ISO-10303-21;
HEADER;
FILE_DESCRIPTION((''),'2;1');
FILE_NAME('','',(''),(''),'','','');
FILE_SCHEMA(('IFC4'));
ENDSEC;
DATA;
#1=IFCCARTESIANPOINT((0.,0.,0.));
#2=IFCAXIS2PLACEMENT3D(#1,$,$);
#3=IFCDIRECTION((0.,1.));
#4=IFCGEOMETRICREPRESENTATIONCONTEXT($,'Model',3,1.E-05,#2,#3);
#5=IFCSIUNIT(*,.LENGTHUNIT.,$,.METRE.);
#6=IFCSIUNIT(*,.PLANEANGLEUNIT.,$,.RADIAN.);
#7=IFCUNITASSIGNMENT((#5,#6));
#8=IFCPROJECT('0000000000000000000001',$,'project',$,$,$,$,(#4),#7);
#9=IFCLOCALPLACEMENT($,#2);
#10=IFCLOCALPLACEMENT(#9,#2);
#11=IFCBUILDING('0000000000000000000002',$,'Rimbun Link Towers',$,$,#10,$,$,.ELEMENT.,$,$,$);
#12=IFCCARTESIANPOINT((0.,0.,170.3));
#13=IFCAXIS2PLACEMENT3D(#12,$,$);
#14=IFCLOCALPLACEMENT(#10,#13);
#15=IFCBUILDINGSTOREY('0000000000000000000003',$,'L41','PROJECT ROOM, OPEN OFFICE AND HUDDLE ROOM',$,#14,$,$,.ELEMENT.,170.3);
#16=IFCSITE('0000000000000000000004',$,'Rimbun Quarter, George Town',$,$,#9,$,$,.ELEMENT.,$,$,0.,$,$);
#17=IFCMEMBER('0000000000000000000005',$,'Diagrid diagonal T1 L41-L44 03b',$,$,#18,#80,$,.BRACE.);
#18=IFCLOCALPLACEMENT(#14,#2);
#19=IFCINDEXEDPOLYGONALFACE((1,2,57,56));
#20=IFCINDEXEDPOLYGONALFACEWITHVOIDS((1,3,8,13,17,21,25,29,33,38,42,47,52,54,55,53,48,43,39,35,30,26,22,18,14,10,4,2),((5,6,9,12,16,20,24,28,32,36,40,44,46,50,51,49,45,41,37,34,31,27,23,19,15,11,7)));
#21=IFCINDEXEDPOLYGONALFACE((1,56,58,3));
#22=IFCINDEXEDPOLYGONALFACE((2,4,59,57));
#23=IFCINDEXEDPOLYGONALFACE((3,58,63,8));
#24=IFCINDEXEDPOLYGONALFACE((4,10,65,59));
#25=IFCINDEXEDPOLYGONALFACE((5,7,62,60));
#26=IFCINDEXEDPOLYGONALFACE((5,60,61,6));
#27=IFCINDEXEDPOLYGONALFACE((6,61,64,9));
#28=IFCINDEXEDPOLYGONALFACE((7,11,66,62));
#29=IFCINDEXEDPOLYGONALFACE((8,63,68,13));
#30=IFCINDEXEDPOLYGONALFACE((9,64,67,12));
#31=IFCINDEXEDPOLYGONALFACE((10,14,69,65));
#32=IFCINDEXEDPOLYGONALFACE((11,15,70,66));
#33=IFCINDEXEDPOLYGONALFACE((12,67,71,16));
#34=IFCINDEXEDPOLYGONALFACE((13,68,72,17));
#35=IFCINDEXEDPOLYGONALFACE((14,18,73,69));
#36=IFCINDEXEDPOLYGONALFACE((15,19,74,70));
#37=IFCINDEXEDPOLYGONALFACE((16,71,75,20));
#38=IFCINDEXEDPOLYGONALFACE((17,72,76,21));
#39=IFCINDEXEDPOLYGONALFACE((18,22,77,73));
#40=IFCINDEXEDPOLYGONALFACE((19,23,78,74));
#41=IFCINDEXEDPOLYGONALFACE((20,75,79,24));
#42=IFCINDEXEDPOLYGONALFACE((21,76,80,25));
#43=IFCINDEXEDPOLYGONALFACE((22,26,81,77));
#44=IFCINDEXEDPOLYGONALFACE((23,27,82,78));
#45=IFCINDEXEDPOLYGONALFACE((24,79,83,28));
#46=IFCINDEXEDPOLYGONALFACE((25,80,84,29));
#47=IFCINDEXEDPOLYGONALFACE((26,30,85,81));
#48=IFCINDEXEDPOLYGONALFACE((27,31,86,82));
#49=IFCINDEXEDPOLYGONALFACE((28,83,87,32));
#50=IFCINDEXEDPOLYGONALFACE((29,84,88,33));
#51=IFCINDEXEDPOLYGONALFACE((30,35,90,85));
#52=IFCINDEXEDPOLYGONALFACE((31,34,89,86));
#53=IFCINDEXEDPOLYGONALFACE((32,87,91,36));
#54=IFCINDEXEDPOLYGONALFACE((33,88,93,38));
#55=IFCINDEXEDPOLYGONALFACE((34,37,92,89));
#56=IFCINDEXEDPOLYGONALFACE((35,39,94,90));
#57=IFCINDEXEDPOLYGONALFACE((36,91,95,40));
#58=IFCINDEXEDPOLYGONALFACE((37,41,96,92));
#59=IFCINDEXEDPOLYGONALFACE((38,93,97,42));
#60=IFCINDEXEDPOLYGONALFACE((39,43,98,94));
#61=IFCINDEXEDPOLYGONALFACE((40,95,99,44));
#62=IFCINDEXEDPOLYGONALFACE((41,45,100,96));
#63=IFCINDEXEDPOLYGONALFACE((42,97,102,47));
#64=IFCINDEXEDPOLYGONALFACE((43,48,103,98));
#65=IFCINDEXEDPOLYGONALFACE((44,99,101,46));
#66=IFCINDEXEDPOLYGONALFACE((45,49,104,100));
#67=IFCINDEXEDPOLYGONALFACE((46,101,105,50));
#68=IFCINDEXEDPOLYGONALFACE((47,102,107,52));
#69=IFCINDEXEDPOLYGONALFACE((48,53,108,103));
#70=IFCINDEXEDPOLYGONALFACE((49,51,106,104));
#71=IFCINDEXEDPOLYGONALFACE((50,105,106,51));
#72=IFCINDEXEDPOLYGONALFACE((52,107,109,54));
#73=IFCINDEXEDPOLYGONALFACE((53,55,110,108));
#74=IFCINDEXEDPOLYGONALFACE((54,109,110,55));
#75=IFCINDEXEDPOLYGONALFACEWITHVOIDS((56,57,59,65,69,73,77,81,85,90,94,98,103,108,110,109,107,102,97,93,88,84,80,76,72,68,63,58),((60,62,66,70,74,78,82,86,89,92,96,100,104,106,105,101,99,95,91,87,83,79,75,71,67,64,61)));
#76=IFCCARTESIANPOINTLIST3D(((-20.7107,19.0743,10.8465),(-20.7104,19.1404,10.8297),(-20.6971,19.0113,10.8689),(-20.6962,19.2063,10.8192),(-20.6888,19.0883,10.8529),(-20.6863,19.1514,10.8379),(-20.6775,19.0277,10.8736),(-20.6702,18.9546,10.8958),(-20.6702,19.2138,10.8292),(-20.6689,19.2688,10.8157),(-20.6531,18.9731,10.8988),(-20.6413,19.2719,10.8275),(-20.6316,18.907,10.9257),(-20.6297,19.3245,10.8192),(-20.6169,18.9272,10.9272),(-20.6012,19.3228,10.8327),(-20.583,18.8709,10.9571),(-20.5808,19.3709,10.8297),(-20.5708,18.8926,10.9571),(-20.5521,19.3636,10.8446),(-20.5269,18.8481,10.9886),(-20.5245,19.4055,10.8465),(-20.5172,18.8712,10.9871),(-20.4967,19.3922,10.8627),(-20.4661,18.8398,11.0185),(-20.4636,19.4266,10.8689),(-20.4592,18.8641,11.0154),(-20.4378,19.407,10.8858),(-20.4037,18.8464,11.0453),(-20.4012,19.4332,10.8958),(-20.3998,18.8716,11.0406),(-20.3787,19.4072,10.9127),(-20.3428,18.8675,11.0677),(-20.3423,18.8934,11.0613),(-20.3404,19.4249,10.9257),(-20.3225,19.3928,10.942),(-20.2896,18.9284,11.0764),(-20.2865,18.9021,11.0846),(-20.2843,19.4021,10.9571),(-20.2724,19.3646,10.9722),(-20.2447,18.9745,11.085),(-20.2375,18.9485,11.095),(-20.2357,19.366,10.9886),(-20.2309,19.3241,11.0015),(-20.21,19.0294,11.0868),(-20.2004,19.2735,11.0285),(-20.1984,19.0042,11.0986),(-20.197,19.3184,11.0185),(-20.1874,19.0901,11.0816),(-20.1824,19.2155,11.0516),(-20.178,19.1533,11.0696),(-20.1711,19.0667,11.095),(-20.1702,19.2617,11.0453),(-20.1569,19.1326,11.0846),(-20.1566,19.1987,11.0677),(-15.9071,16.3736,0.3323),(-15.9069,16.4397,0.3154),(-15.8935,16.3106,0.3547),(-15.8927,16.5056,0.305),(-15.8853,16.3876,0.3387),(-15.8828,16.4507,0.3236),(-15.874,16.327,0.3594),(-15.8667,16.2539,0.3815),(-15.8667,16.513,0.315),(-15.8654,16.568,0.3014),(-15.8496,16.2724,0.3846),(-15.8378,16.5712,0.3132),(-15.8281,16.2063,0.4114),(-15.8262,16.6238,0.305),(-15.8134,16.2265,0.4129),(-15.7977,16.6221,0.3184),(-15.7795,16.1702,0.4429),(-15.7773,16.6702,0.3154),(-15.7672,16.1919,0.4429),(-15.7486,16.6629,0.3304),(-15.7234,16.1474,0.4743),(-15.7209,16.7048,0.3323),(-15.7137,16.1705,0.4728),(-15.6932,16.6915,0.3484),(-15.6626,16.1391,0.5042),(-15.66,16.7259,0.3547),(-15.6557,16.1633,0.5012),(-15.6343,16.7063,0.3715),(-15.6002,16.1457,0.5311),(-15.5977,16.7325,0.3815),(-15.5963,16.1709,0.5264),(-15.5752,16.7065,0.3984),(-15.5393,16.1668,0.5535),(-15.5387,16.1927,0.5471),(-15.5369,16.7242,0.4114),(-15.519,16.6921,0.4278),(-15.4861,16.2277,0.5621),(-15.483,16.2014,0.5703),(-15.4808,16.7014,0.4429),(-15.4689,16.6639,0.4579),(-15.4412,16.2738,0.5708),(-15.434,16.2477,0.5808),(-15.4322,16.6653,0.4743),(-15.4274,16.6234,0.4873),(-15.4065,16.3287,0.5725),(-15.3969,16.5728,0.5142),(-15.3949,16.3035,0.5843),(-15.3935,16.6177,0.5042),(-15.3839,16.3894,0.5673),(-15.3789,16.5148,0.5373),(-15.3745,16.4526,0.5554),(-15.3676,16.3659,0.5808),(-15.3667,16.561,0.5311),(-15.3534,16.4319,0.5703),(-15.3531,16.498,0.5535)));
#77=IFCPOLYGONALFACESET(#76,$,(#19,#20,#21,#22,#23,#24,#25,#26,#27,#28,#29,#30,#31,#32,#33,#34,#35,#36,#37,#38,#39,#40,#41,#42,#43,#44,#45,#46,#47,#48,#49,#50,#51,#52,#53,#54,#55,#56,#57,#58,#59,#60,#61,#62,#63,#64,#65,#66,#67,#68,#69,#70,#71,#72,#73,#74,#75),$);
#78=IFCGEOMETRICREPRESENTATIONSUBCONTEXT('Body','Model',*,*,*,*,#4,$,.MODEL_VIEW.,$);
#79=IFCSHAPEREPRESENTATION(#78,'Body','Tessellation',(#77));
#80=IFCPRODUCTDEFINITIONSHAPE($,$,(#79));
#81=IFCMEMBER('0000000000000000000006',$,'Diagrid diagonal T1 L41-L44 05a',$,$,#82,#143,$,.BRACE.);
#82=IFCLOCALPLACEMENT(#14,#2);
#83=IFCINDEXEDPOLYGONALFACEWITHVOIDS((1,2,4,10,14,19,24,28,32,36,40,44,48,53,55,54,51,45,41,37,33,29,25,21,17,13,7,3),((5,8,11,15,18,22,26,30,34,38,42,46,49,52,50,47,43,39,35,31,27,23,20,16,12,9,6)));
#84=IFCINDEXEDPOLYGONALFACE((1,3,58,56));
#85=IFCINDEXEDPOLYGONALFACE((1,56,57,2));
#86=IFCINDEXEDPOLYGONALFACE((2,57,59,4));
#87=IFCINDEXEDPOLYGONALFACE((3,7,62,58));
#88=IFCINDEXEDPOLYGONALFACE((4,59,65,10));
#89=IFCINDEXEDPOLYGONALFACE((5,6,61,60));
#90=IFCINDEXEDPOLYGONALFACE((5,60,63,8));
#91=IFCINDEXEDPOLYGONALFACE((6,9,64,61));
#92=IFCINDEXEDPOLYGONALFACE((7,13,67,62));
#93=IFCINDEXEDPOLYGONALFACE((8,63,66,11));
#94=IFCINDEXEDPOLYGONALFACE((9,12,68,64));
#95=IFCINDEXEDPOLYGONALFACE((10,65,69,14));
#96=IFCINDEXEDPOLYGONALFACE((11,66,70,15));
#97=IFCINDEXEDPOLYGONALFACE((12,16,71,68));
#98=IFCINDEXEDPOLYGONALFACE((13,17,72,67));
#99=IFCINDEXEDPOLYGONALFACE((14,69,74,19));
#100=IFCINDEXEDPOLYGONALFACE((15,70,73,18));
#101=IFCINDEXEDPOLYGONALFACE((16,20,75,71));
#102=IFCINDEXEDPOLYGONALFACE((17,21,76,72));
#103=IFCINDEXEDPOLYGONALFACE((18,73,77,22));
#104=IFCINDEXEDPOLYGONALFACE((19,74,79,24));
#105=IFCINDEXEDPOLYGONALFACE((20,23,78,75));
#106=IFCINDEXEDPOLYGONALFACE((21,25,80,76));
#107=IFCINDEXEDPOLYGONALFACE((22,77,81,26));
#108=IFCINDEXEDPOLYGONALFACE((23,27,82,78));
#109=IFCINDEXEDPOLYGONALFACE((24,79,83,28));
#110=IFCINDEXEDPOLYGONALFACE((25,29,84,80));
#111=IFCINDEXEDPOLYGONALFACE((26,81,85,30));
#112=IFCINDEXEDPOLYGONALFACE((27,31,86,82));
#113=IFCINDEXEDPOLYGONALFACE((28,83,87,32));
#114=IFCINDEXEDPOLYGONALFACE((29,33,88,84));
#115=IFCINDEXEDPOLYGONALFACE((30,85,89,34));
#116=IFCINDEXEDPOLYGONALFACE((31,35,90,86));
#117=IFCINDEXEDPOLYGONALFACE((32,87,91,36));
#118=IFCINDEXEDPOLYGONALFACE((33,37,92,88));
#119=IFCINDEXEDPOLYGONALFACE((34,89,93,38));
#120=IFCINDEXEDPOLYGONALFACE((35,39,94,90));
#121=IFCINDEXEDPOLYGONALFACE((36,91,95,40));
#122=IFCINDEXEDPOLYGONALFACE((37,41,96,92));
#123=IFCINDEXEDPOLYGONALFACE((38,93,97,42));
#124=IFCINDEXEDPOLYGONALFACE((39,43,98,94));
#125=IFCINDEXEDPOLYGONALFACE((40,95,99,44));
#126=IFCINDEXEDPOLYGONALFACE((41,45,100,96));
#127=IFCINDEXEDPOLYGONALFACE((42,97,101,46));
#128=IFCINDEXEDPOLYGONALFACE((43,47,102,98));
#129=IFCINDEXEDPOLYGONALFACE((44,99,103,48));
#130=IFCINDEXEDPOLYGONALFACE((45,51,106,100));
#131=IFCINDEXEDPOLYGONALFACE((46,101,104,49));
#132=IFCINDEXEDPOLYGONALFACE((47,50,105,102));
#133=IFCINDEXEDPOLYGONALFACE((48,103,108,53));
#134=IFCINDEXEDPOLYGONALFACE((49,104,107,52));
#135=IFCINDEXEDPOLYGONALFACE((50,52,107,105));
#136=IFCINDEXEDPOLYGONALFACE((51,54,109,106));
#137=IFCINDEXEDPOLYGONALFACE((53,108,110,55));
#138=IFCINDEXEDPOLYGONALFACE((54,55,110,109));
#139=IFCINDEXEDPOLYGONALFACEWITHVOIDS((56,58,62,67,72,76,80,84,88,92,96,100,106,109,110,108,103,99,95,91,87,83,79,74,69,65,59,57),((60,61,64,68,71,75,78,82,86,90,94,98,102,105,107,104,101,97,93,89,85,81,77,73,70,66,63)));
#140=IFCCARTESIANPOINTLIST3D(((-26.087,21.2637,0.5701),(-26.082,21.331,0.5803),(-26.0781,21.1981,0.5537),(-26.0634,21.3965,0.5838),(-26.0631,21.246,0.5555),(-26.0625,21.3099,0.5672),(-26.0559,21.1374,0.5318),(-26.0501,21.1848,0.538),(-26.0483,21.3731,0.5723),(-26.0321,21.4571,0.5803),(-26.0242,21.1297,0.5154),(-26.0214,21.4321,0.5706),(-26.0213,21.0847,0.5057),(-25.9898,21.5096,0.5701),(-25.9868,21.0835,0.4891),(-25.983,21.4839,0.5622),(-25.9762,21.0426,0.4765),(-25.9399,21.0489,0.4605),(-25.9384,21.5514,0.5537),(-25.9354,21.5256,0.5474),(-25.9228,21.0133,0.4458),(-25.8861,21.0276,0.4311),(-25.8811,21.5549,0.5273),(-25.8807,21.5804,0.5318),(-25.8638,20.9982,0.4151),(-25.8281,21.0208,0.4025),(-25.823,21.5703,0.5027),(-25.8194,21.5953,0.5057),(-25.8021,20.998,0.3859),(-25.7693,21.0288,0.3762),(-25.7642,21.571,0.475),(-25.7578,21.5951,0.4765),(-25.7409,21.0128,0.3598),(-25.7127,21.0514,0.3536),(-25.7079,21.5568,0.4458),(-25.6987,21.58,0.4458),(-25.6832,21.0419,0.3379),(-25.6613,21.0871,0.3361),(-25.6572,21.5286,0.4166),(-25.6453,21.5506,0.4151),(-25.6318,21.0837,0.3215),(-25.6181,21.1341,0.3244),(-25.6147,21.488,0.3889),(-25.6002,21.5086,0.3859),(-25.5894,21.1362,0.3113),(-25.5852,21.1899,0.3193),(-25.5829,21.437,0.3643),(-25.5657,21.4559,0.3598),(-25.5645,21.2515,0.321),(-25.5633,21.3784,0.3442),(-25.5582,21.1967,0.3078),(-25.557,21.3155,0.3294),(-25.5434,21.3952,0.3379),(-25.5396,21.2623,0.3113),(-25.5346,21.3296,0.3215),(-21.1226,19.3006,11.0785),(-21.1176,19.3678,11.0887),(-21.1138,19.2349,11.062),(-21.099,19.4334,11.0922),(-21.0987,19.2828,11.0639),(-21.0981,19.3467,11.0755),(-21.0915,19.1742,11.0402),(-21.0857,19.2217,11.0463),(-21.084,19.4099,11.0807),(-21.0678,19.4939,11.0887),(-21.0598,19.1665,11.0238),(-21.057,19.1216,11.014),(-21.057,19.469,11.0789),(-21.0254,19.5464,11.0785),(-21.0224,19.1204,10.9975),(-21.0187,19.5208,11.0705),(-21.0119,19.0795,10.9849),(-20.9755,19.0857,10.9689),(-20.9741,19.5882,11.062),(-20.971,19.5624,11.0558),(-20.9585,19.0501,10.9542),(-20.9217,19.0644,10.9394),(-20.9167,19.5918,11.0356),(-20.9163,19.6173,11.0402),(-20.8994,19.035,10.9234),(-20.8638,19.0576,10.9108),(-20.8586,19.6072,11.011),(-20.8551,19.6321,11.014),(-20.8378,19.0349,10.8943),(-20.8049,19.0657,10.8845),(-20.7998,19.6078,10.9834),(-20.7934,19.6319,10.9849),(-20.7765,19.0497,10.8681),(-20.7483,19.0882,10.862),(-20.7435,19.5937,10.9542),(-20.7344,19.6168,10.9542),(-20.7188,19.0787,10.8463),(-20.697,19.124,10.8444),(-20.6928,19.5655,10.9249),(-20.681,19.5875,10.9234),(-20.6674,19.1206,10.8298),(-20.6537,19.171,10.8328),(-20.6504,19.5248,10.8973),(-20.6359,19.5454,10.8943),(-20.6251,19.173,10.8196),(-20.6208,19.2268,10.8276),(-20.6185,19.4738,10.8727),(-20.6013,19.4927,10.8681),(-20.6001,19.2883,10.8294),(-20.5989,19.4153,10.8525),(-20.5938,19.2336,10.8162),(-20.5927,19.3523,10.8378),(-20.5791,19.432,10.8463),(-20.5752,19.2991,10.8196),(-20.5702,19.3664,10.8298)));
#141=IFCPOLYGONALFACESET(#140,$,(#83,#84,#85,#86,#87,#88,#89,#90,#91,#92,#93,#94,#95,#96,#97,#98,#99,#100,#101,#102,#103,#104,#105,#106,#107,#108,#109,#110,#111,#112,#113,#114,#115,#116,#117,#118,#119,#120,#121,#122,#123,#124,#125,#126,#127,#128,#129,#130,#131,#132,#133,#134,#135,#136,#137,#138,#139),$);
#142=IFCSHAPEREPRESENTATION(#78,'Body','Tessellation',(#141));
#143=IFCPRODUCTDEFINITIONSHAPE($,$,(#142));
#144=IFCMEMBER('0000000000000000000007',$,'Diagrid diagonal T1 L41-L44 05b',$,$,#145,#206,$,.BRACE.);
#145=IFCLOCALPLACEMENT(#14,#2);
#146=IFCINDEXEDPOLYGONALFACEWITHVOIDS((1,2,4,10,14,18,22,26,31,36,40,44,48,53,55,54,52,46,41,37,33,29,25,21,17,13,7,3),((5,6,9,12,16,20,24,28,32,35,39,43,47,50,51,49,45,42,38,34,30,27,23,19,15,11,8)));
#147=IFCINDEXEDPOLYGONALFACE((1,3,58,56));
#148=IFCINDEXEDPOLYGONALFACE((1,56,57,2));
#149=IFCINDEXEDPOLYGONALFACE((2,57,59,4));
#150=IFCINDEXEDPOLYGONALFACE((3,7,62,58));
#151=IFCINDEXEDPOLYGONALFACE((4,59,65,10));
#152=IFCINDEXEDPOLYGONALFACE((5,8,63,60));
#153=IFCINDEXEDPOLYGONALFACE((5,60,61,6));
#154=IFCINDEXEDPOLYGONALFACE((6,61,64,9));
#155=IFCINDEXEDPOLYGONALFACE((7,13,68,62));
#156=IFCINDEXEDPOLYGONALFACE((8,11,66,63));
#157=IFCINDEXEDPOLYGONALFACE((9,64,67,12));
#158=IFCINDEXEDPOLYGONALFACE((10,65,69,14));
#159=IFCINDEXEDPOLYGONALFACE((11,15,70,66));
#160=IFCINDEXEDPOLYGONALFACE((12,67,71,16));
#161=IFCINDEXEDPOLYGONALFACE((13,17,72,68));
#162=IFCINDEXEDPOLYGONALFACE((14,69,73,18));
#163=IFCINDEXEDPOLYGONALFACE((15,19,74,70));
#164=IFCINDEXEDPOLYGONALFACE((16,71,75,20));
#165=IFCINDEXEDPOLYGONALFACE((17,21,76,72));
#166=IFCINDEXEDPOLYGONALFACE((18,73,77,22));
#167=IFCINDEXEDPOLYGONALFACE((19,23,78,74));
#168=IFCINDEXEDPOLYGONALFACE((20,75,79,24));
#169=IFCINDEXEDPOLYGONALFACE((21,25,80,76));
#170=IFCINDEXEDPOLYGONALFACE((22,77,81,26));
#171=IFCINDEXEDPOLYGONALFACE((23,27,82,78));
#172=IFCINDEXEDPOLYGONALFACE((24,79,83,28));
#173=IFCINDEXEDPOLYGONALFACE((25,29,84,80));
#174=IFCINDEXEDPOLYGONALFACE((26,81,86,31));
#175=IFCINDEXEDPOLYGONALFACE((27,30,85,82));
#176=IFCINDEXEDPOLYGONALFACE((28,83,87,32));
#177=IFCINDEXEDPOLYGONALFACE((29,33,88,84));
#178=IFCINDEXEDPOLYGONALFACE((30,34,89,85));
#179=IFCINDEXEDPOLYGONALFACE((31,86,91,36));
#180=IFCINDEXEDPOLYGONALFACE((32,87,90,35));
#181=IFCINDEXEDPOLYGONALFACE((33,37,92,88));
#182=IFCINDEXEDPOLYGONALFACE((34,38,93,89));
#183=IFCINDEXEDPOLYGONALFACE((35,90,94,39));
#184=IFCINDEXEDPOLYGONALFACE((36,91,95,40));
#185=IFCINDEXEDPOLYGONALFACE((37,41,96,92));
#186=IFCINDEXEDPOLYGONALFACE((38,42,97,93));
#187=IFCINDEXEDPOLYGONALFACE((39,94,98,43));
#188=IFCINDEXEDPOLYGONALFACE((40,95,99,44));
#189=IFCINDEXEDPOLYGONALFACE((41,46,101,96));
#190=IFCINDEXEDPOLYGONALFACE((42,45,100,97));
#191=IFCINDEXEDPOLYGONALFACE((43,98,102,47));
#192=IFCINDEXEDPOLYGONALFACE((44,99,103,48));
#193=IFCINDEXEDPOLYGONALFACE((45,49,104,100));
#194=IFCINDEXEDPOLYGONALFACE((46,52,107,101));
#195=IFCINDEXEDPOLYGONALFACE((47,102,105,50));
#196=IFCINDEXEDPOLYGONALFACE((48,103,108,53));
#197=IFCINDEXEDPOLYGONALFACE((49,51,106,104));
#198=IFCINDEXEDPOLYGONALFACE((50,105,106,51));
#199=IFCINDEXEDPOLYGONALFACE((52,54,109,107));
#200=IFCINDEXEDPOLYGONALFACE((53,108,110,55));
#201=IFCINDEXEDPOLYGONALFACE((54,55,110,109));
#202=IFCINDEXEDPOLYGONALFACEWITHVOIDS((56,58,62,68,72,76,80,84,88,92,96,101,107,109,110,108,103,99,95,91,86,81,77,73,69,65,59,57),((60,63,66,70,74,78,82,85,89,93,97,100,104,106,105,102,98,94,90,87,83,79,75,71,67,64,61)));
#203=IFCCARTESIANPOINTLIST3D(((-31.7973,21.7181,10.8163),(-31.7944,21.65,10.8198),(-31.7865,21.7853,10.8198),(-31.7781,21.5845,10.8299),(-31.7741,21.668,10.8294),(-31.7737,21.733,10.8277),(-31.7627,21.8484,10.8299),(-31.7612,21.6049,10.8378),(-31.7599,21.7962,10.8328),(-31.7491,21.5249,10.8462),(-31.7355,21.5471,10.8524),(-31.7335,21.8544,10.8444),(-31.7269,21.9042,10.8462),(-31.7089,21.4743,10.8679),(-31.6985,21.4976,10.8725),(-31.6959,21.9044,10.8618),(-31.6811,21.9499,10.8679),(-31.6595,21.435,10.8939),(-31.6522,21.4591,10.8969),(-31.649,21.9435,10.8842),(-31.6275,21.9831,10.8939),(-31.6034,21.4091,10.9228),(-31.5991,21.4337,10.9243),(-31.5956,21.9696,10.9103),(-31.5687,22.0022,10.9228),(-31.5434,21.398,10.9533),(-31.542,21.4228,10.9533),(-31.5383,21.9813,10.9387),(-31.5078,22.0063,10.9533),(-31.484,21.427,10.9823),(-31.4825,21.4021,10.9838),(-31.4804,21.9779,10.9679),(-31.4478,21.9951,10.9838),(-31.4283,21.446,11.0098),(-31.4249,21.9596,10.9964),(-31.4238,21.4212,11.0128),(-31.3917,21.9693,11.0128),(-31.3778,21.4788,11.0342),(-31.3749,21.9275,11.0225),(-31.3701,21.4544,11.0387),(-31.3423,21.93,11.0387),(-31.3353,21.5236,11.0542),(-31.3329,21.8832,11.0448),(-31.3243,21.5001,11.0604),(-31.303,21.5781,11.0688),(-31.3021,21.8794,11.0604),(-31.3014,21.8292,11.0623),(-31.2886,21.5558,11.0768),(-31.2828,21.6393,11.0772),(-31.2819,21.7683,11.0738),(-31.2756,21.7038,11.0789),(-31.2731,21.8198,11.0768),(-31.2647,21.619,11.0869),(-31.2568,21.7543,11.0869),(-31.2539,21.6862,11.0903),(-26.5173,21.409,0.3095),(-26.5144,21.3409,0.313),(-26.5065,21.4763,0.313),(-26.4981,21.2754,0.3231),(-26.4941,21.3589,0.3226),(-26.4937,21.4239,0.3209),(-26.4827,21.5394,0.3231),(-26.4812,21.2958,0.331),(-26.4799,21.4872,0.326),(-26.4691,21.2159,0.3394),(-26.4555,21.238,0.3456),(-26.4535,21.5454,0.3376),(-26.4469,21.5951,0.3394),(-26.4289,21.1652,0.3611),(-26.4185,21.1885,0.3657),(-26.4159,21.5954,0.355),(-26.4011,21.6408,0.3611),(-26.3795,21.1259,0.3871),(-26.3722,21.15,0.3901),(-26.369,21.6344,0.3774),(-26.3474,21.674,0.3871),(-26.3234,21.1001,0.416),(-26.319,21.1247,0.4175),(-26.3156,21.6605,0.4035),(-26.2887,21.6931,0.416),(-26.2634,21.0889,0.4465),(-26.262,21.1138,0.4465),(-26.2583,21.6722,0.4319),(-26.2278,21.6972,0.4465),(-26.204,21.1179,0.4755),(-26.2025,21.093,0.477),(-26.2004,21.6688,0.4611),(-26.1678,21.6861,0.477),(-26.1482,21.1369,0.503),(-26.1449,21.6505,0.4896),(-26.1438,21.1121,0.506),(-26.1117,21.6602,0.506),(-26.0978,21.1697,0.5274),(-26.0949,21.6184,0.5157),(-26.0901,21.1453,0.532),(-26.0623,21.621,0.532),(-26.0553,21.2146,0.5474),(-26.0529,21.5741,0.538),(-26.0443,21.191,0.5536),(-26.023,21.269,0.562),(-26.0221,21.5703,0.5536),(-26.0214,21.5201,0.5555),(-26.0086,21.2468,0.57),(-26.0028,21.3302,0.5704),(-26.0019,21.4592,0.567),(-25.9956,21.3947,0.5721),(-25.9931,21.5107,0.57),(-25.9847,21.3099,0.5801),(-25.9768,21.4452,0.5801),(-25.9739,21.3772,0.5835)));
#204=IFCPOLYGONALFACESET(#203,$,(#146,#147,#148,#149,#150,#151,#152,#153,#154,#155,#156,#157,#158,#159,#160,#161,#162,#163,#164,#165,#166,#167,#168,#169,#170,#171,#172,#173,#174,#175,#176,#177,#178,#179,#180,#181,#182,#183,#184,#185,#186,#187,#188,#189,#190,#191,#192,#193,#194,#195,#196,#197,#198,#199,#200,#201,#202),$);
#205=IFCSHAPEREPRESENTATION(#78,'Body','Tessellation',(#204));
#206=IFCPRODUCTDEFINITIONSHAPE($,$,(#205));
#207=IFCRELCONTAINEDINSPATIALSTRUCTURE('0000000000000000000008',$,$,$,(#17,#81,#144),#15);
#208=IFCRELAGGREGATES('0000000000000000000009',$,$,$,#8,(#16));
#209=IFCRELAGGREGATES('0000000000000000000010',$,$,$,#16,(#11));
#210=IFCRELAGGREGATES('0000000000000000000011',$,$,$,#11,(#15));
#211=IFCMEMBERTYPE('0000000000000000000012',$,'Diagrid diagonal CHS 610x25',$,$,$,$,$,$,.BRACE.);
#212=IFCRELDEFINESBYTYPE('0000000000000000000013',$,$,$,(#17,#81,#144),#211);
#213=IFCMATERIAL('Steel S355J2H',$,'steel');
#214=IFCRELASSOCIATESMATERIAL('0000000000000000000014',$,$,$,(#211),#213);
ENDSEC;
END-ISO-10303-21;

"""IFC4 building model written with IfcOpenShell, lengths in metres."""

from ifc_helpers import new_model, si_unit, direction, frame, origin, origin_2d, place, context, subcontext, project, spatial, hollow_circle, extrude, material, material_profile, profile_set, type_object, element, save


model = new_model("IFC4")

# Units and contexts
model_context = context("Model", 3, precision=1e-05, world=origin(), true_north=direction((0.0, 1.0)))
body_context = subcontext(model_context, "Body", "Model", "MODEL_VIEW")
ifc_project = project(units=[si_unit("LENGTHUNIT", "METRE"), si_unit("PLANEANGLEUNIT", "RADIAN")], contexts=[model_context])

# Site, building, storey
site_placement = place(None, origin())
site = spatial("IfcSite", under=ifc_project, at=site_placement, Name="Rimbun Quarter, George Town", CompositionType="ELEMENT", RefElevation=0.0)
building_placement = place(site_placement, origin())
building = spatial("IfcBuilding", under=site, at=building_placement, Name="Rimbun Link Towers", CompositionType="ELEMENT")
storey_placement = place(building_placement, frame((0.0, 0.0, 170.3)))
storey = spatial("IfcBuildingStorey", under=building, at=storey_placement, Name="L41", Description="PROJECT ROOM, OPEN OFFICE AND HUDDLE ROOM", CompositionType="ELEMENT", Elevation=170.3)

# Members
ifc_material_1 = material(Name="Steel S355J2H", Category="steel")
ifc_material_profile_1 = material_profile(ifc_material_1, hollow_circle(Radius=0.3047, WallThickness=0.0249, at=origin_2d()), Name="Diagrid diagonal CHS 610x25")
ifc_profile_set_1 = profile_set([ifc_material_profile_1], Name="Steel S355J2H")
member_type_1 = type_object("IfcMemberType", Name="Diagrid diagonal CHS 610x25", PredefinedType="BRACE", material=ifc_profile_set_1)
member_1_placement = place(storey_placement, frame((-15.6301, 16.4358, 0.4429), z_axis=(-0.404648, 0.227508, 0.88572), x_axis=(-0.490087, -0.871674, 0.0)))
element("IfcMember", 1, at=member_1_placement, inside=storey, type_object=member_type_1, Name="Diagrid diagonal T1 L41-L44 03b", PredefinedType="BRACE", context=body_context, shape_type="SweptSolid", body=[
    extrude(hollow_circle(Radius=0.3047, WallThickness=0.0249, at=origin_2d()), origin(), (0.0, 0.0, 1.0), 11.8708),
])
member_2_placement = place(storey_placement, frame((-25.8108, 21.2966, 0.4458), z_axis=(0.421188, -0.166557, 0.891549), x_axis=(0.367737, 0.92993, 0.0)))
element("IfcMember", 2, at=member_2_placement, inside=storey, type_object=member_type_1, Name="Diagrid diagonal T1 L41-L44 05a", PredefinedType="BRACE", context=body_context, shape_type="SweptSolid", body=[
    extrude(hollow_circle(Radius=0.3047, WallThickness=0.0249, at=origin_2d()), origin(), (0.0, 0.0, 1.0), 11.7866),
])
member_3_placement = place(storey_placement, frame((-26.2456, 21.3931, 0.4465), z_axis=(-0.448868, 0.026276, 0.893212), x_axis=(-0.058438, -0.998291, 0.0)))
element("IfcMember", 3, at=member_3_placement, inside=storey, type_object=member_type_1, Name="Diagrid diagonal T1 L41-L44 05b", PredefinedType="BRACE", context=body_context, shape_type="SweptSolid", body=[
    extrude(hollow_circle(Radius=0.3047, WallThickness=0.0249, at=origin_2d()), origin(), (0.0, 0.0, 1.0), 11.7629),
])

save(model, "model.ifc")
